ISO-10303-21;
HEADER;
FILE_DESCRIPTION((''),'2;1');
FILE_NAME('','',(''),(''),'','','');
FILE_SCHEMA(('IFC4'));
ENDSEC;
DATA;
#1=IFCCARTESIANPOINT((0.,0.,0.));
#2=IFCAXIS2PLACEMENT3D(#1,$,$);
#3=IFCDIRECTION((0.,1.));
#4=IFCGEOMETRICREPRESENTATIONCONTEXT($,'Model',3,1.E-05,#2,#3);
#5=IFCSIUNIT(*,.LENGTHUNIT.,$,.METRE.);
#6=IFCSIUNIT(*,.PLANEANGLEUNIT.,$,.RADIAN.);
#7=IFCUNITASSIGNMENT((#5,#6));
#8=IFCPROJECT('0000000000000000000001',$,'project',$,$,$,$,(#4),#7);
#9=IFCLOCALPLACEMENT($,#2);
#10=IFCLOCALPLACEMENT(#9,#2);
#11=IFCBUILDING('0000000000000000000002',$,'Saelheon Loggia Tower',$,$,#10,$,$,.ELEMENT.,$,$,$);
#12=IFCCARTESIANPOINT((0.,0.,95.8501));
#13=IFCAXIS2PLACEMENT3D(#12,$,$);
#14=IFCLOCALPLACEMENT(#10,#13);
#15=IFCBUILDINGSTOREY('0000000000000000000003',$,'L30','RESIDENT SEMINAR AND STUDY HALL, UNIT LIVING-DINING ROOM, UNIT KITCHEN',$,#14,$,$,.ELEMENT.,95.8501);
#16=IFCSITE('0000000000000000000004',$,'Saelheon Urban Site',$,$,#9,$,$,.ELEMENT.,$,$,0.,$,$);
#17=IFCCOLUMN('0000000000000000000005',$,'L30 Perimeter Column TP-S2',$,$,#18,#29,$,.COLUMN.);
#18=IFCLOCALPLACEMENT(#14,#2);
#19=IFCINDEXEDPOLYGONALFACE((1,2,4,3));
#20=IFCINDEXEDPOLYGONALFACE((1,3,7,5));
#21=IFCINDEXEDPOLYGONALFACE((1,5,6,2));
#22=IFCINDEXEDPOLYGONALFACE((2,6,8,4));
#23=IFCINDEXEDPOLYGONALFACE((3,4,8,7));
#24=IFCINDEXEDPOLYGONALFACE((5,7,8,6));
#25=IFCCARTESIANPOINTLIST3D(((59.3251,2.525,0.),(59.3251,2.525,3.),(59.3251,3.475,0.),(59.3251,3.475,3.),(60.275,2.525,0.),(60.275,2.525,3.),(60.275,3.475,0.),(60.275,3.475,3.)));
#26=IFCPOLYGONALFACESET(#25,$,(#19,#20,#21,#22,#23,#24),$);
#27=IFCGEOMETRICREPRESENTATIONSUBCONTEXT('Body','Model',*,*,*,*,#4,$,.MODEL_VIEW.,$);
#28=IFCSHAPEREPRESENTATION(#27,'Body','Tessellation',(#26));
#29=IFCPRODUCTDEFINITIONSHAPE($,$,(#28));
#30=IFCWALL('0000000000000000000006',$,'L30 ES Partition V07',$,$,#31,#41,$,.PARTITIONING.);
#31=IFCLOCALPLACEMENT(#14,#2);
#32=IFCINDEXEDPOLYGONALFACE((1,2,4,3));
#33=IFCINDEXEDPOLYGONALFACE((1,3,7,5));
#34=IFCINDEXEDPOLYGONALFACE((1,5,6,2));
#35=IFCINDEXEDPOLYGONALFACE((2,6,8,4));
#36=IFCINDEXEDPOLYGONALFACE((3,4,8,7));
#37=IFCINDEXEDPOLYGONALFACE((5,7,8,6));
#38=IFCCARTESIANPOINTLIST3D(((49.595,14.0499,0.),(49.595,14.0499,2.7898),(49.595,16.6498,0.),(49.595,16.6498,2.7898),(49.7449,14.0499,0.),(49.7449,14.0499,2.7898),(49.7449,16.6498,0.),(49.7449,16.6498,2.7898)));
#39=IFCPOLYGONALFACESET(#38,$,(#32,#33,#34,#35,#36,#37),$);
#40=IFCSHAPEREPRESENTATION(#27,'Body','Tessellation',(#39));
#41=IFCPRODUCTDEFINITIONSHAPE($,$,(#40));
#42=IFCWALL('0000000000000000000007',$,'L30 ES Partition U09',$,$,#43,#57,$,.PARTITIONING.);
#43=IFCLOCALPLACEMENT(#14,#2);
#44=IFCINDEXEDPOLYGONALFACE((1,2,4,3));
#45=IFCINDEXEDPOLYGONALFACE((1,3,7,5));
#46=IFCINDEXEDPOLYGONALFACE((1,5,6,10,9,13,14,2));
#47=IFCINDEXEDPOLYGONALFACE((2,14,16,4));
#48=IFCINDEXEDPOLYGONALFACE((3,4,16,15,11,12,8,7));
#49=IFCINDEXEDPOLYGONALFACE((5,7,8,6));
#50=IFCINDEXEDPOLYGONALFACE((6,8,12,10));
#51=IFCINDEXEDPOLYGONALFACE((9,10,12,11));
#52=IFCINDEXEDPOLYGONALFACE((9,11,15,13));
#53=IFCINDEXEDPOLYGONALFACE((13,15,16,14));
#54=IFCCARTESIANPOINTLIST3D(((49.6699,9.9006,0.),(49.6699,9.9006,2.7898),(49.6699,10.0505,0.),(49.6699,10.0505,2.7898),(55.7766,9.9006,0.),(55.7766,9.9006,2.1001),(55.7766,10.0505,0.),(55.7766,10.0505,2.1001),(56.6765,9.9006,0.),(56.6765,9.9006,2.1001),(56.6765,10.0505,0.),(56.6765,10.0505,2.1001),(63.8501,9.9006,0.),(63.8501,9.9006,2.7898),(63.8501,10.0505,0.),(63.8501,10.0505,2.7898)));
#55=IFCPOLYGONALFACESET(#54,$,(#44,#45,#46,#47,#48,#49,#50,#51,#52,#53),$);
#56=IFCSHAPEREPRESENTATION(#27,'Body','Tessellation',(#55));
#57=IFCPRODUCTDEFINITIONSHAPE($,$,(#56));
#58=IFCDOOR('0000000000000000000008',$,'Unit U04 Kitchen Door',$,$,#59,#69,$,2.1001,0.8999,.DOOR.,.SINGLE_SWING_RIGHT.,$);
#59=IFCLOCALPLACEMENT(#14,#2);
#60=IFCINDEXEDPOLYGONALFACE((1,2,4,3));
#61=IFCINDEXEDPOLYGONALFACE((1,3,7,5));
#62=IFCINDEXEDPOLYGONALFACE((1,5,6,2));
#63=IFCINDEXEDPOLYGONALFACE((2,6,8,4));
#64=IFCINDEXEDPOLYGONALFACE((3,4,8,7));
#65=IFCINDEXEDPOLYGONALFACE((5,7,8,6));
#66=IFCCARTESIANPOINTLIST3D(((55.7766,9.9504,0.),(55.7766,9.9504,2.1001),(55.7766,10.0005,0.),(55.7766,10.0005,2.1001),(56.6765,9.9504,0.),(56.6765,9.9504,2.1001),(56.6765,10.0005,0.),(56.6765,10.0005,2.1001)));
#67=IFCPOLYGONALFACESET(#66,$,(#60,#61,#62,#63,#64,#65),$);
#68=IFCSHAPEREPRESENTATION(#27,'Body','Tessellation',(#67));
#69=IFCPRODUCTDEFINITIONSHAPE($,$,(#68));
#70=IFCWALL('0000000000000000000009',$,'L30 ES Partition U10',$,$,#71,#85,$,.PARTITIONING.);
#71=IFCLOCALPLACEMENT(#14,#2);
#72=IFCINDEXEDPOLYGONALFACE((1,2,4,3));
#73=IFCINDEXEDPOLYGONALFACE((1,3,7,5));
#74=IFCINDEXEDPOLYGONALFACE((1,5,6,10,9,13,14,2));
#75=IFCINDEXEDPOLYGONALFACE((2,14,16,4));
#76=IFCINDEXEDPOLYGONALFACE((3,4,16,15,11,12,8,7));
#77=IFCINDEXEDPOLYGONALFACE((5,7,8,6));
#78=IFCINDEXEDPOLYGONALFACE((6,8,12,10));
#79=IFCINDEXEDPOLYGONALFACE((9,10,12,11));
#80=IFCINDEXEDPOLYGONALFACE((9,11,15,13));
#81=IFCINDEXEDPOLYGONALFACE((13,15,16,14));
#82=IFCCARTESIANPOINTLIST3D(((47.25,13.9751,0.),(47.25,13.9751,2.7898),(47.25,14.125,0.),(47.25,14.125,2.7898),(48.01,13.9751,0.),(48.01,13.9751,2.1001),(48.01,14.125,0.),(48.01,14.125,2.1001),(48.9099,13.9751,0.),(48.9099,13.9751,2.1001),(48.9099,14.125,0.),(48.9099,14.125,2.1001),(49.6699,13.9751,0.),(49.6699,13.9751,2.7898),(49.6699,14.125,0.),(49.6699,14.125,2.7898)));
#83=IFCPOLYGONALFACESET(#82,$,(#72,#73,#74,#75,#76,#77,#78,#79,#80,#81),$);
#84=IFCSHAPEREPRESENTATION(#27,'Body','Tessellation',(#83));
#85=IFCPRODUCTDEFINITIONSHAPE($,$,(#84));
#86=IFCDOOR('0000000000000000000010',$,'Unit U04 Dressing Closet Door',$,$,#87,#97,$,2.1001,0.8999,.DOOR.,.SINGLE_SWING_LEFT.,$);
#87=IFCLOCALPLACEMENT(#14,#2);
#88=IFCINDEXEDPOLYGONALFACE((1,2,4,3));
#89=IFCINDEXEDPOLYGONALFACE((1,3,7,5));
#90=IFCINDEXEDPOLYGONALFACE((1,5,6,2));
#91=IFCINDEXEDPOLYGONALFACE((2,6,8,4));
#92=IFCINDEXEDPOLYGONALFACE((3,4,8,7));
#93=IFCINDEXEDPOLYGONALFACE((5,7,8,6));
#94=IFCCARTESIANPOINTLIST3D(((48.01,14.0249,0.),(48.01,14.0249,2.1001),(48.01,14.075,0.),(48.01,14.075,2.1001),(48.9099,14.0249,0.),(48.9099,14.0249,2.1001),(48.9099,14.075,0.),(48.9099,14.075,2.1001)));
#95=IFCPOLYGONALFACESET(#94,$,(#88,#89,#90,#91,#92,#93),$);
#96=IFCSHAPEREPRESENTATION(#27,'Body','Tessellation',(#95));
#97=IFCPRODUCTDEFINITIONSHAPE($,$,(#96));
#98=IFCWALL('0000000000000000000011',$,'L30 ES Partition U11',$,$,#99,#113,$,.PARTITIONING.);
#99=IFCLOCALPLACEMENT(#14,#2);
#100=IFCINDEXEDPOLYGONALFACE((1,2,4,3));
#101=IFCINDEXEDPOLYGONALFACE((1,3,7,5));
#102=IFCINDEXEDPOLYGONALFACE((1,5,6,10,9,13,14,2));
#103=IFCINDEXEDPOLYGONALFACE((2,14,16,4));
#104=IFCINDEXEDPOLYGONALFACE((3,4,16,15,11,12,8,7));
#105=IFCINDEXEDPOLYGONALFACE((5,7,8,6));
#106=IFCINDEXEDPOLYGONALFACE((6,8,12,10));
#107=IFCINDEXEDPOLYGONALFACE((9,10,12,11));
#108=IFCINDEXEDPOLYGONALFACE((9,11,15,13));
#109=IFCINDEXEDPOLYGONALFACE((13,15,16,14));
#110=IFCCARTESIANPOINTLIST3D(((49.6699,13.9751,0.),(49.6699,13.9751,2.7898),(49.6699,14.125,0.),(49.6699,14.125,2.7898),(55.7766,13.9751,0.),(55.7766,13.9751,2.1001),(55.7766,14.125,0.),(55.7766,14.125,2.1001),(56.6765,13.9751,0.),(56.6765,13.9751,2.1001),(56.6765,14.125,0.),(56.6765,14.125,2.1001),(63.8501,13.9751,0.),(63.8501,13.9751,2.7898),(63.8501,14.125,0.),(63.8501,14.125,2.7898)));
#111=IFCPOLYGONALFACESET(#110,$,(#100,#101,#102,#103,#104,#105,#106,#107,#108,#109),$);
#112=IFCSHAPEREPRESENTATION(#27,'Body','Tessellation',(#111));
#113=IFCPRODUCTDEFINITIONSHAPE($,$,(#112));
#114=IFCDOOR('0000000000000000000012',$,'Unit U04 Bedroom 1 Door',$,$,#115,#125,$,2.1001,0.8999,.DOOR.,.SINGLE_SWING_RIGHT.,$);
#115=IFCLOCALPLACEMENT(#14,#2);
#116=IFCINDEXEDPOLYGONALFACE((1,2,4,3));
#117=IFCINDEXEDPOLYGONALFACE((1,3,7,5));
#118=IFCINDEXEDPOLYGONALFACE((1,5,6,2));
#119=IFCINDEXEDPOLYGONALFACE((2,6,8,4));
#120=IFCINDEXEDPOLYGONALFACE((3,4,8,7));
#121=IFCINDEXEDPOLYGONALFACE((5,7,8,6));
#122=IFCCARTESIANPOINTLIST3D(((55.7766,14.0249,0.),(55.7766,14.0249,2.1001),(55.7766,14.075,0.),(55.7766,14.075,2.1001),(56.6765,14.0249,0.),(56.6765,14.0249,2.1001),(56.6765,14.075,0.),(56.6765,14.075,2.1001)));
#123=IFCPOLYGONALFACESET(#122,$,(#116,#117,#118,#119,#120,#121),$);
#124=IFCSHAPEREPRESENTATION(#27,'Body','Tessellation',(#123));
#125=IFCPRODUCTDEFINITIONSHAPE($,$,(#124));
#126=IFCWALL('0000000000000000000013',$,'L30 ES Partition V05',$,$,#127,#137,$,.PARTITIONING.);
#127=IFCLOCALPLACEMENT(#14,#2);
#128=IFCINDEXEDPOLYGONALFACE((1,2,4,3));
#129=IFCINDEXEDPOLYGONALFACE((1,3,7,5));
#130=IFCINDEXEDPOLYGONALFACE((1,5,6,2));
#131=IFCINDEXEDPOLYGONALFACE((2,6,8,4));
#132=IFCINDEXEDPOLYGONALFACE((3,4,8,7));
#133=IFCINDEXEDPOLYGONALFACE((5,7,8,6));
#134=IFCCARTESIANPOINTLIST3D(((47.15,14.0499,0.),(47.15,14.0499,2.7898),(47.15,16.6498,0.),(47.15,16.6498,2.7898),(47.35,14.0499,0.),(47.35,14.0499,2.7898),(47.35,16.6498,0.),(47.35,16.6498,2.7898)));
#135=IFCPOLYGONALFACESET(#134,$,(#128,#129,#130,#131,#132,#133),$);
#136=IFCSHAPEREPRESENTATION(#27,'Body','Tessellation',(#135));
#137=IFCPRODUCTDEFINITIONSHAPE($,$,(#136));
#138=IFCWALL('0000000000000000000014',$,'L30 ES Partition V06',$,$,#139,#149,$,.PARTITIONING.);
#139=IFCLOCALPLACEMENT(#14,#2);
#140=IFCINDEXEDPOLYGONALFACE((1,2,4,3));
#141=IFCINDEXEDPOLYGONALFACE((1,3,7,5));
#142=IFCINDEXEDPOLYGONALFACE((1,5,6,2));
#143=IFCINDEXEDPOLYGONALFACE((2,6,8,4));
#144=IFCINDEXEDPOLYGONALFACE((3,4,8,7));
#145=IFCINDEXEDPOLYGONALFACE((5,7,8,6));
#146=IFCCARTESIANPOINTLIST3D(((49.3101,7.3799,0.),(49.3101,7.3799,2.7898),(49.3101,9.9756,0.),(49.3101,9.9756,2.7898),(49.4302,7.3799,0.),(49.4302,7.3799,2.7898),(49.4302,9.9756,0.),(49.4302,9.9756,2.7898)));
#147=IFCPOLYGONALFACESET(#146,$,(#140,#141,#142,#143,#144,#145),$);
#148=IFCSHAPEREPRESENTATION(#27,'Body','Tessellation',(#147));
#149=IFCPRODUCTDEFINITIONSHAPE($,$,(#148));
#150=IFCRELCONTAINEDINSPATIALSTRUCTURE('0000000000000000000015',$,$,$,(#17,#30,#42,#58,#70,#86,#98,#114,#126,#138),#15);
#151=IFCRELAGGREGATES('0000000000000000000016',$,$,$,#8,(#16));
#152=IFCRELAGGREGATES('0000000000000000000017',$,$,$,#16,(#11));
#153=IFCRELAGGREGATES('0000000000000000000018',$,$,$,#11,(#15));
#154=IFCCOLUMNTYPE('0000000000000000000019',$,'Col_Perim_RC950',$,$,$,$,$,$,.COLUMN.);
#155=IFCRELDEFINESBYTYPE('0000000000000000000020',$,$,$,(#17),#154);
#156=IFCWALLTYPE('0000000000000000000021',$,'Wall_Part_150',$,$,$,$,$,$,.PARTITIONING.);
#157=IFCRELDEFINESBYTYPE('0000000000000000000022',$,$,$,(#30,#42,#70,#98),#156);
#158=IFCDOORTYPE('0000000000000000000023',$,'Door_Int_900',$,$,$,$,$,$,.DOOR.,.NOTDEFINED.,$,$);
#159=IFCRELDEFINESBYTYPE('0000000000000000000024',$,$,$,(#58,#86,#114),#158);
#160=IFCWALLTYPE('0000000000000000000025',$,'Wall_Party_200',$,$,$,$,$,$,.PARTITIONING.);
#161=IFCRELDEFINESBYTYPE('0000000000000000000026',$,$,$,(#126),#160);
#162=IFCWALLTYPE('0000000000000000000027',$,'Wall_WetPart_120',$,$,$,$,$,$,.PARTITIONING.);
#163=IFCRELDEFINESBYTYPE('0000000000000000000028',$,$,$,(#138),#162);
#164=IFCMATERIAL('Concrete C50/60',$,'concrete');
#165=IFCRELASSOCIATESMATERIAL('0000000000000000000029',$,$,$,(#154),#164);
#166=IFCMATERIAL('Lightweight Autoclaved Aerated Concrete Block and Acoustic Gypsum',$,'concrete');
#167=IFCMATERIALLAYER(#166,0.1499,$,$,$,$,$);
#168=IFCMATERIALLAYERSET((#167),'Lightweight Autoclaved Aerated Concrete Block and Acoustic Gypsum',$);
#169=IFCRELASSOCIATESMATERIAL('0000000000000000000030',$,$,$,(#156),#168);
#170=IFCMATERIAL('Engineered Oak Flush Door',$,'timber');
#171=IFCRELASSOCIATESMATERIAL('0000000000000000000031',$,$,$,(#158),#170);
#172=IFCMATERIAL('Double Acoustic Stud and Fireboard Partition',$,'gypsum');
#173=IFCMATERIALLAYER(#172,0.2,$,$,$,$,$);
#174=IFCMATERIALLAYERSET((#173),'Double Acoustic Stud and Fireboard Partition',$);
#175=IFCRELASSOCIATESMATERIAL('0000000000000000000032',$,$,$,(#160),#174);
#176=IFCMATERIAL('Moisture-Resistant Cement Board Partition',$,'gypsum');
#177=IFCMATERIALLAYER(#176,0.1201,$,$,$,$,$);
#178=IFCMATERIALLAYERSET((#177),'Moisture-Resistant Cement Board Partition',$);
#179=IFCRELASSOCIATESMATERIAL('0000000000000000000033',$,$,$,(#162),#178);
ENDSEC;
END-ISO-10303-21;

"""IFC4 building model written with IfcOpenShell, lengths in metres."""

from ifc_helpers import new_model, si_unit, direction, frame, frame_2d, origin, origin_2d, place, context, subcontext, project, spatial, rectangle, extrude, source, transform, mapped, material, layer, layer_set, material_profile, profile_set, type_object, element, fill, save


model = new_model("IFC4")

# Units and contexts
model_context = context("Model", 3, precision=1e-05, world=origin(), true_north=direction((0.0, 1.0)))
body_context = subcontext(model_context, "Body", "Model", "MODEL_VIEW")
ifc_project = project(units=[si_unit("LENGTHUNIT", "METRE"), si_unit("PLANEANGLEUNIT", "RADIAN")], contexts=[model_context])

# Site, building, storey
site_placement = place(None, origin())
site = spatial("IfcSite", under=ifc_project, at=site_placement, Name="Saelheon Urban Site", CompositionType="ELEMENT", RefElevation=0.0)
building_placement = place(site_placement, origin())
building = spatial("IfcBuilding", under=site, at=building_placement, Name="Saelheon Loggia Tower", CompositionType="ELEMENT")
storey_placement = place(building_placement, frame((0.0, 0.0, 95.8501)))
storey = spatial("IfcBuildingStorey", under=building, at=storey_placement, Name="L30", Description="RESIDENT SEMINAR AND STUDY HALL, UNIT LIVING-DINING ROOM, UNIT KITCHEN", CompositionType="ELEMENT", Elevation=95.8501)

# Column
ifc_material_1 = material(Name="Concrete C50/60", Category="concrete")
ifc_material_profile = material_profile(ifc_material_1, rectangle(XDim=0.95, YDim=0.95, at=origin_2d()), Name="RC-950x950")
ifc_profile_set = profile_set([ifc_material_profile], Name="Concrete C50/60")
column_type = type_object("IfcColumnType", Name="Col_Perim_RC950", PredefinedType="COLUMN", material=ifc_profile_set)
shared_shape_1 = source(origin(), body_context, "Body", "SweptSolid", [
    extrude(rectangle(XDim=0.95, YDim=0.95, at=origin_2d()), origin(), (0.0, 0.0, 1.0), 3.0),
])
column_placement = place(storey_placement, frame((59.8, 3.0, 0.0), z_axis=(0.0, 0.0, 1.0), x_axis=(1.0, 0.0, 0.0)))
element("IfcColumn", 1, at=column_placement, inside=storey, type_object=column_type, Name="L30 Perimeter Column TP-S2", PredefinedType="COLUMN", context=body_context, shape_type="MappedRepresentation", body=[
    mapped(shared_shape_1, transform((0.0, 0.0, 0.0), scale=1.0)),
])

# Wall
ifc_material_2 = material(Name="Lightweight Autoclaved Aerated Concrete Block and Acoustic Gypsum", Category="concrete")
ifc_layer_1 = layer(ifc_material_2, 0.1499)
ifc_layer_set_1 = layer_set([ifc_layer_1], Name="Lightweight Autoclaved Aerated Concrete Block and Acoustic Gypsum")
wall_type_1 = type_object("IfcWallType", Name="Wall_Part_150", PredefinedType="PARTITIONING", material=ifc_layer_set_1)
wall_1_placement = place(storey_placement, frame((49.6699, 14.05, 0.0), z_axis=(0.0, 0.0, 1.0), x_axis=(0.0, 1.0, 0.0)))
element("IfcWall", 2, at=wall_1_placement, inside=storey, type_object=wall_type_1, Name="L30 ES Partition V07", PredefinedType="PARTITIONING", context=body_context, shape_type="SweptSolid", body=[
    extrude(rectangle(XDim=2.5999, YDim=0.1499, at=frame_2d((1.2998, 0.0))), origin(), (0.0, 0.0, 1.0), 2.7898),
])

# Walls, openings, doors
wall_2_placement = place(storey_placement, frame((49.6699, 9.9756, 0.0), z_axis=(0.0, 0.0, 1.0), x_axis=(1.0, 0.0, 0.0)))
wall_2 = element("IfcWall", 3, at=wall_2_placement, inside=storey, type_object=wall_type_1, Name="L30 ES Partition U09", PredefinedType="PARTITIONING", context=body_context, shape_type="SweptSolid", body=[
    extrude(rectangle(XDim=14.1802, YDim=0.1499, at=frame_2d((7.0901, 0.0))), origin(), (0.0, 0.0, 1.0), 2.7898),
])
opening_1_placement = place(wall_2_placement, frame((6.1067, 0.0, 0.0)))
opening_1 = element("IfcOpeningElement", 4, at=opening_1_placement, cuts=wall_2, PredefinedType="OPENING", context=body_context, shape_type="SweptSolid", body=[
    extrude(rectangle(XDim=0.8999, YDim=2.1001, at=frame_2d((0.45, 1.05))), frame((0.0, 0.0869, 0.0), z_axis=(0.0, -1.0, 0.0), x_axis=(1.0, 0.0, 0.0)), (0.0, 0.0, 1.0), 0.1738),
])
ifc_material_3 = material(Name="Engineered Oak Flush Door", Category="timber")
door_type = type_object("IfcDoorType", Name="Door_Int_900", OperationType="NOTDEFINED", PredefinedType="DOOR", material=ifc_material_3)
shared_shape_2 = source(origin(), body_context, "Body", "SweptSolid", [
    extrude(rectangle(XDim=0.8999, YDim=2.1001, at=frame_2d((0.45, 1.05))), frame((0.0, 0.0249, 0.0), z_axis=(0.0, -1.0, 0.0), x_axis=(1.0, 0.0, 0.0)), (0.0, 0.0, 1.0), 0.05),
])
door_1_placement = place(opening_1_placement, origin())
door_1 = element("IfcDoor", 5, at=door_1_placement, inside=storey, type_object=door_type, Name="Unit U04 Kitchen Door", OperationType="SINGLE_SWING_RIGHT", OverallHeight=2.1001, OverallWidth=0.8999, PredefinedType="DOOR", context=body_context, shape_type="MappedRepresentation", body=[
    mapped(shared_shape_2, transform((0.0, 0.0, 0.0), scale=1.0)),
])
fill(opening_1, door_1)
wall_3_placement = place(storey_placement, frame((47.25, 14.05, 0.0), z_axis=(0.0, 0.0, 1.0), x_axis=(1.0, 0.0, 0.0)))
wall_3 = element("IfcWall", 6, at=wall_3_placement, inside=storey, type_object=wall_type_1, Name="L30 ES Partition U10", PredefinedType="PARTITIONING", context=body_context, shape_type="SweptSolid", body=[
    extrude(rectangle(XDim=2.4199, YDim=0.1499, at=frame_2d((1.21, 0.0))), origin(), (0.0, 0.0, 1.0), 2.7898),
])
opening_2_placement = place(wall_3_placement, frame((0.76, 0.0, 0.0)))
opening_2 = element("IfcOpeningElement", 7, at=opening_2_placement, cuts=wall_3, PredefinedType="OPENING", context=body_context, shape_type="SweptSolid", body=[
    extrude(rectangle(XDim=0.8999, YDim=2.1001, at=frame_2d((0.45, 1.05))), frame((0.0, 0.0869, 0.0), z_axis=(0.0, -1.0, 0.0), x_axis=(1.0, 0.0, 0.0)), (0.0, 0.0, 1.0), 0.1738),
])
door_2_placement = place(opening_2_placement, origin())
door_2 = element("IfcDoor", 8, at=door_2_placement, inside=storey, type_object=door_type, Name="Unit U04 Dressing Closet Door", OperationType="SINGLE_SWING_LEFT", OverallHeight=2.1001, OverallWidth=0.8999, PredefinedType="DOOR", context=body_context, shape_type="MappedRepresentation", body=[
    mapped(shared_shape_2, transform((0.0, 0.0, 0.0), scale=1.0)),
])
fill(opening_2, door_2)
wall_4_placement = place(storey_placement, frame((49.6699, 14.05, 0.0), z_axis=(0.0, 0.0, 1.0), x_axis=(1.0, 0.0, 0.0)))
wall_4 = element("IfcWall", 9, at=wall_4_placement, inside=storey, type_object=wall_type_1, Name="L30 ES Partition U11", PredefinedType="PARTITIONING", context=body_context, shape_type="SweptSolid", body=[
    extrude(rectangle(XDim=14.1802, YDim=0.1499, at=frame_2d((7.0901, 0.0))), origin(), (0.0, 0.0, 1.0), 2.7898),
])
opening_3_placement = place(wall_4_placement, frame((6.1067, 0.0, 0.0)))
opening_3 = element("IfcOpeningElement", 10, at=opening_3_placement, cuts=wall_4, PredefinedType="OPENING", context=body_context, shape_type="SweptSolid", body=[
    extrude(rectangle(XDim=0.8999, YDim=2.1001, at=frame_2d((0.45, 1.05))), frame((0.0, 0.0869, 0.0), z_axis=(0.0, -1.0, 0.0), x_axis=(1.0, 0.0, 0.0)), (0.0, 0.0, 1.0), 0.1738),
])
door_3_placement = place(opening_3_placement, origin())
door_3 = element("IfcDoor", 11, at=door_3_placement, inside=storey, type_object=door_type, Name="Unit U04 Bedroom 1 Door", OperationType="SINGLE_SWING_RIGHT", OverallHeight=2.1001, OverallWidth=0.8999, PredefinedType="DOOR", context=body_context, shape_type="MappedRepresentation", body=[
    mapped(shared_shape_2, transform((0.0, 0.0, 0.0), scale=1.0)),
])
fill(opening_3, door_3)

# Walls
ifc_material_4 = material(Name="Double Acoustic Stud and Fireboard Partition", Category="gypsum")
ifc_layer_2 = layer(ifc_material_4, 0.2)
ifc_layer_set_2 = layer_set([ifc_layer_2], Name="Double Acoustic Stud and Fireboard Partition")
wall_type_2 = type_object("IfcWallType", Name="Wall_Party_200", PredefinedType="PARTITIONING", material=ifc_layer_set_2)
wall_5_placement = place(storey_placement, frame((47.25, 14.05, 0.0), z_axis=(0.0, 0.0, 1.0), x_axis=(0.0, 1.0, 0.0)))
element("IfcWall", 12, at=wall_5_placement, inside=storey, type_object=wall_type_2, Name="L30 ES Partition V05", PredefinedType="PARTITIONING", context=body_context, shape_type="SweptSolid", body=[
    extrude(rectangle(XDim=2.5999, YDim=0.2, at=frame_2d((1.2998, 0.0))), origin(), (0.0, 0.0, 1.0), 2.7898),
])
ifc_material_5 = material(Name="Moisture-Resistant Cement Board Partition", Category="gypsum")
ifc_layer_3 = layer(ifc_material_5, 0.1201)
ifc_layer_set_3 = layer_set([ifc_layer_3], Name="Moisture-Resistant Cement Board Partition")
wall_type_3 = type_object("IfcWallType", Name="Wall_WetPart_120", PredefinedType="PARTITIONING", material=ifc_layer_set_3)
wall_6_placement = place(storey_placement, frame((49.3701, 7.3799, 0.0), z_axis=(0.0, 0.0, 1.0), x_axis=(0.0, 1.0, 0.0)))
element("IfcWall", 13, at=wall_6_placement, inside=storey, type_object=wall_type_3, Name="L30 ES Partition V06", PredefinedType="PARTITIONING", context=body_context, shape_type="SweptSolid", body=[
    extrude(rectangle(XDim=2.5957, YDim=0.1201, at=frame_2d((1.2979, 0.0))), origin(), (0.0, 0.0, 1.0), 2.7898),
])

save(model, "model.ifc")
